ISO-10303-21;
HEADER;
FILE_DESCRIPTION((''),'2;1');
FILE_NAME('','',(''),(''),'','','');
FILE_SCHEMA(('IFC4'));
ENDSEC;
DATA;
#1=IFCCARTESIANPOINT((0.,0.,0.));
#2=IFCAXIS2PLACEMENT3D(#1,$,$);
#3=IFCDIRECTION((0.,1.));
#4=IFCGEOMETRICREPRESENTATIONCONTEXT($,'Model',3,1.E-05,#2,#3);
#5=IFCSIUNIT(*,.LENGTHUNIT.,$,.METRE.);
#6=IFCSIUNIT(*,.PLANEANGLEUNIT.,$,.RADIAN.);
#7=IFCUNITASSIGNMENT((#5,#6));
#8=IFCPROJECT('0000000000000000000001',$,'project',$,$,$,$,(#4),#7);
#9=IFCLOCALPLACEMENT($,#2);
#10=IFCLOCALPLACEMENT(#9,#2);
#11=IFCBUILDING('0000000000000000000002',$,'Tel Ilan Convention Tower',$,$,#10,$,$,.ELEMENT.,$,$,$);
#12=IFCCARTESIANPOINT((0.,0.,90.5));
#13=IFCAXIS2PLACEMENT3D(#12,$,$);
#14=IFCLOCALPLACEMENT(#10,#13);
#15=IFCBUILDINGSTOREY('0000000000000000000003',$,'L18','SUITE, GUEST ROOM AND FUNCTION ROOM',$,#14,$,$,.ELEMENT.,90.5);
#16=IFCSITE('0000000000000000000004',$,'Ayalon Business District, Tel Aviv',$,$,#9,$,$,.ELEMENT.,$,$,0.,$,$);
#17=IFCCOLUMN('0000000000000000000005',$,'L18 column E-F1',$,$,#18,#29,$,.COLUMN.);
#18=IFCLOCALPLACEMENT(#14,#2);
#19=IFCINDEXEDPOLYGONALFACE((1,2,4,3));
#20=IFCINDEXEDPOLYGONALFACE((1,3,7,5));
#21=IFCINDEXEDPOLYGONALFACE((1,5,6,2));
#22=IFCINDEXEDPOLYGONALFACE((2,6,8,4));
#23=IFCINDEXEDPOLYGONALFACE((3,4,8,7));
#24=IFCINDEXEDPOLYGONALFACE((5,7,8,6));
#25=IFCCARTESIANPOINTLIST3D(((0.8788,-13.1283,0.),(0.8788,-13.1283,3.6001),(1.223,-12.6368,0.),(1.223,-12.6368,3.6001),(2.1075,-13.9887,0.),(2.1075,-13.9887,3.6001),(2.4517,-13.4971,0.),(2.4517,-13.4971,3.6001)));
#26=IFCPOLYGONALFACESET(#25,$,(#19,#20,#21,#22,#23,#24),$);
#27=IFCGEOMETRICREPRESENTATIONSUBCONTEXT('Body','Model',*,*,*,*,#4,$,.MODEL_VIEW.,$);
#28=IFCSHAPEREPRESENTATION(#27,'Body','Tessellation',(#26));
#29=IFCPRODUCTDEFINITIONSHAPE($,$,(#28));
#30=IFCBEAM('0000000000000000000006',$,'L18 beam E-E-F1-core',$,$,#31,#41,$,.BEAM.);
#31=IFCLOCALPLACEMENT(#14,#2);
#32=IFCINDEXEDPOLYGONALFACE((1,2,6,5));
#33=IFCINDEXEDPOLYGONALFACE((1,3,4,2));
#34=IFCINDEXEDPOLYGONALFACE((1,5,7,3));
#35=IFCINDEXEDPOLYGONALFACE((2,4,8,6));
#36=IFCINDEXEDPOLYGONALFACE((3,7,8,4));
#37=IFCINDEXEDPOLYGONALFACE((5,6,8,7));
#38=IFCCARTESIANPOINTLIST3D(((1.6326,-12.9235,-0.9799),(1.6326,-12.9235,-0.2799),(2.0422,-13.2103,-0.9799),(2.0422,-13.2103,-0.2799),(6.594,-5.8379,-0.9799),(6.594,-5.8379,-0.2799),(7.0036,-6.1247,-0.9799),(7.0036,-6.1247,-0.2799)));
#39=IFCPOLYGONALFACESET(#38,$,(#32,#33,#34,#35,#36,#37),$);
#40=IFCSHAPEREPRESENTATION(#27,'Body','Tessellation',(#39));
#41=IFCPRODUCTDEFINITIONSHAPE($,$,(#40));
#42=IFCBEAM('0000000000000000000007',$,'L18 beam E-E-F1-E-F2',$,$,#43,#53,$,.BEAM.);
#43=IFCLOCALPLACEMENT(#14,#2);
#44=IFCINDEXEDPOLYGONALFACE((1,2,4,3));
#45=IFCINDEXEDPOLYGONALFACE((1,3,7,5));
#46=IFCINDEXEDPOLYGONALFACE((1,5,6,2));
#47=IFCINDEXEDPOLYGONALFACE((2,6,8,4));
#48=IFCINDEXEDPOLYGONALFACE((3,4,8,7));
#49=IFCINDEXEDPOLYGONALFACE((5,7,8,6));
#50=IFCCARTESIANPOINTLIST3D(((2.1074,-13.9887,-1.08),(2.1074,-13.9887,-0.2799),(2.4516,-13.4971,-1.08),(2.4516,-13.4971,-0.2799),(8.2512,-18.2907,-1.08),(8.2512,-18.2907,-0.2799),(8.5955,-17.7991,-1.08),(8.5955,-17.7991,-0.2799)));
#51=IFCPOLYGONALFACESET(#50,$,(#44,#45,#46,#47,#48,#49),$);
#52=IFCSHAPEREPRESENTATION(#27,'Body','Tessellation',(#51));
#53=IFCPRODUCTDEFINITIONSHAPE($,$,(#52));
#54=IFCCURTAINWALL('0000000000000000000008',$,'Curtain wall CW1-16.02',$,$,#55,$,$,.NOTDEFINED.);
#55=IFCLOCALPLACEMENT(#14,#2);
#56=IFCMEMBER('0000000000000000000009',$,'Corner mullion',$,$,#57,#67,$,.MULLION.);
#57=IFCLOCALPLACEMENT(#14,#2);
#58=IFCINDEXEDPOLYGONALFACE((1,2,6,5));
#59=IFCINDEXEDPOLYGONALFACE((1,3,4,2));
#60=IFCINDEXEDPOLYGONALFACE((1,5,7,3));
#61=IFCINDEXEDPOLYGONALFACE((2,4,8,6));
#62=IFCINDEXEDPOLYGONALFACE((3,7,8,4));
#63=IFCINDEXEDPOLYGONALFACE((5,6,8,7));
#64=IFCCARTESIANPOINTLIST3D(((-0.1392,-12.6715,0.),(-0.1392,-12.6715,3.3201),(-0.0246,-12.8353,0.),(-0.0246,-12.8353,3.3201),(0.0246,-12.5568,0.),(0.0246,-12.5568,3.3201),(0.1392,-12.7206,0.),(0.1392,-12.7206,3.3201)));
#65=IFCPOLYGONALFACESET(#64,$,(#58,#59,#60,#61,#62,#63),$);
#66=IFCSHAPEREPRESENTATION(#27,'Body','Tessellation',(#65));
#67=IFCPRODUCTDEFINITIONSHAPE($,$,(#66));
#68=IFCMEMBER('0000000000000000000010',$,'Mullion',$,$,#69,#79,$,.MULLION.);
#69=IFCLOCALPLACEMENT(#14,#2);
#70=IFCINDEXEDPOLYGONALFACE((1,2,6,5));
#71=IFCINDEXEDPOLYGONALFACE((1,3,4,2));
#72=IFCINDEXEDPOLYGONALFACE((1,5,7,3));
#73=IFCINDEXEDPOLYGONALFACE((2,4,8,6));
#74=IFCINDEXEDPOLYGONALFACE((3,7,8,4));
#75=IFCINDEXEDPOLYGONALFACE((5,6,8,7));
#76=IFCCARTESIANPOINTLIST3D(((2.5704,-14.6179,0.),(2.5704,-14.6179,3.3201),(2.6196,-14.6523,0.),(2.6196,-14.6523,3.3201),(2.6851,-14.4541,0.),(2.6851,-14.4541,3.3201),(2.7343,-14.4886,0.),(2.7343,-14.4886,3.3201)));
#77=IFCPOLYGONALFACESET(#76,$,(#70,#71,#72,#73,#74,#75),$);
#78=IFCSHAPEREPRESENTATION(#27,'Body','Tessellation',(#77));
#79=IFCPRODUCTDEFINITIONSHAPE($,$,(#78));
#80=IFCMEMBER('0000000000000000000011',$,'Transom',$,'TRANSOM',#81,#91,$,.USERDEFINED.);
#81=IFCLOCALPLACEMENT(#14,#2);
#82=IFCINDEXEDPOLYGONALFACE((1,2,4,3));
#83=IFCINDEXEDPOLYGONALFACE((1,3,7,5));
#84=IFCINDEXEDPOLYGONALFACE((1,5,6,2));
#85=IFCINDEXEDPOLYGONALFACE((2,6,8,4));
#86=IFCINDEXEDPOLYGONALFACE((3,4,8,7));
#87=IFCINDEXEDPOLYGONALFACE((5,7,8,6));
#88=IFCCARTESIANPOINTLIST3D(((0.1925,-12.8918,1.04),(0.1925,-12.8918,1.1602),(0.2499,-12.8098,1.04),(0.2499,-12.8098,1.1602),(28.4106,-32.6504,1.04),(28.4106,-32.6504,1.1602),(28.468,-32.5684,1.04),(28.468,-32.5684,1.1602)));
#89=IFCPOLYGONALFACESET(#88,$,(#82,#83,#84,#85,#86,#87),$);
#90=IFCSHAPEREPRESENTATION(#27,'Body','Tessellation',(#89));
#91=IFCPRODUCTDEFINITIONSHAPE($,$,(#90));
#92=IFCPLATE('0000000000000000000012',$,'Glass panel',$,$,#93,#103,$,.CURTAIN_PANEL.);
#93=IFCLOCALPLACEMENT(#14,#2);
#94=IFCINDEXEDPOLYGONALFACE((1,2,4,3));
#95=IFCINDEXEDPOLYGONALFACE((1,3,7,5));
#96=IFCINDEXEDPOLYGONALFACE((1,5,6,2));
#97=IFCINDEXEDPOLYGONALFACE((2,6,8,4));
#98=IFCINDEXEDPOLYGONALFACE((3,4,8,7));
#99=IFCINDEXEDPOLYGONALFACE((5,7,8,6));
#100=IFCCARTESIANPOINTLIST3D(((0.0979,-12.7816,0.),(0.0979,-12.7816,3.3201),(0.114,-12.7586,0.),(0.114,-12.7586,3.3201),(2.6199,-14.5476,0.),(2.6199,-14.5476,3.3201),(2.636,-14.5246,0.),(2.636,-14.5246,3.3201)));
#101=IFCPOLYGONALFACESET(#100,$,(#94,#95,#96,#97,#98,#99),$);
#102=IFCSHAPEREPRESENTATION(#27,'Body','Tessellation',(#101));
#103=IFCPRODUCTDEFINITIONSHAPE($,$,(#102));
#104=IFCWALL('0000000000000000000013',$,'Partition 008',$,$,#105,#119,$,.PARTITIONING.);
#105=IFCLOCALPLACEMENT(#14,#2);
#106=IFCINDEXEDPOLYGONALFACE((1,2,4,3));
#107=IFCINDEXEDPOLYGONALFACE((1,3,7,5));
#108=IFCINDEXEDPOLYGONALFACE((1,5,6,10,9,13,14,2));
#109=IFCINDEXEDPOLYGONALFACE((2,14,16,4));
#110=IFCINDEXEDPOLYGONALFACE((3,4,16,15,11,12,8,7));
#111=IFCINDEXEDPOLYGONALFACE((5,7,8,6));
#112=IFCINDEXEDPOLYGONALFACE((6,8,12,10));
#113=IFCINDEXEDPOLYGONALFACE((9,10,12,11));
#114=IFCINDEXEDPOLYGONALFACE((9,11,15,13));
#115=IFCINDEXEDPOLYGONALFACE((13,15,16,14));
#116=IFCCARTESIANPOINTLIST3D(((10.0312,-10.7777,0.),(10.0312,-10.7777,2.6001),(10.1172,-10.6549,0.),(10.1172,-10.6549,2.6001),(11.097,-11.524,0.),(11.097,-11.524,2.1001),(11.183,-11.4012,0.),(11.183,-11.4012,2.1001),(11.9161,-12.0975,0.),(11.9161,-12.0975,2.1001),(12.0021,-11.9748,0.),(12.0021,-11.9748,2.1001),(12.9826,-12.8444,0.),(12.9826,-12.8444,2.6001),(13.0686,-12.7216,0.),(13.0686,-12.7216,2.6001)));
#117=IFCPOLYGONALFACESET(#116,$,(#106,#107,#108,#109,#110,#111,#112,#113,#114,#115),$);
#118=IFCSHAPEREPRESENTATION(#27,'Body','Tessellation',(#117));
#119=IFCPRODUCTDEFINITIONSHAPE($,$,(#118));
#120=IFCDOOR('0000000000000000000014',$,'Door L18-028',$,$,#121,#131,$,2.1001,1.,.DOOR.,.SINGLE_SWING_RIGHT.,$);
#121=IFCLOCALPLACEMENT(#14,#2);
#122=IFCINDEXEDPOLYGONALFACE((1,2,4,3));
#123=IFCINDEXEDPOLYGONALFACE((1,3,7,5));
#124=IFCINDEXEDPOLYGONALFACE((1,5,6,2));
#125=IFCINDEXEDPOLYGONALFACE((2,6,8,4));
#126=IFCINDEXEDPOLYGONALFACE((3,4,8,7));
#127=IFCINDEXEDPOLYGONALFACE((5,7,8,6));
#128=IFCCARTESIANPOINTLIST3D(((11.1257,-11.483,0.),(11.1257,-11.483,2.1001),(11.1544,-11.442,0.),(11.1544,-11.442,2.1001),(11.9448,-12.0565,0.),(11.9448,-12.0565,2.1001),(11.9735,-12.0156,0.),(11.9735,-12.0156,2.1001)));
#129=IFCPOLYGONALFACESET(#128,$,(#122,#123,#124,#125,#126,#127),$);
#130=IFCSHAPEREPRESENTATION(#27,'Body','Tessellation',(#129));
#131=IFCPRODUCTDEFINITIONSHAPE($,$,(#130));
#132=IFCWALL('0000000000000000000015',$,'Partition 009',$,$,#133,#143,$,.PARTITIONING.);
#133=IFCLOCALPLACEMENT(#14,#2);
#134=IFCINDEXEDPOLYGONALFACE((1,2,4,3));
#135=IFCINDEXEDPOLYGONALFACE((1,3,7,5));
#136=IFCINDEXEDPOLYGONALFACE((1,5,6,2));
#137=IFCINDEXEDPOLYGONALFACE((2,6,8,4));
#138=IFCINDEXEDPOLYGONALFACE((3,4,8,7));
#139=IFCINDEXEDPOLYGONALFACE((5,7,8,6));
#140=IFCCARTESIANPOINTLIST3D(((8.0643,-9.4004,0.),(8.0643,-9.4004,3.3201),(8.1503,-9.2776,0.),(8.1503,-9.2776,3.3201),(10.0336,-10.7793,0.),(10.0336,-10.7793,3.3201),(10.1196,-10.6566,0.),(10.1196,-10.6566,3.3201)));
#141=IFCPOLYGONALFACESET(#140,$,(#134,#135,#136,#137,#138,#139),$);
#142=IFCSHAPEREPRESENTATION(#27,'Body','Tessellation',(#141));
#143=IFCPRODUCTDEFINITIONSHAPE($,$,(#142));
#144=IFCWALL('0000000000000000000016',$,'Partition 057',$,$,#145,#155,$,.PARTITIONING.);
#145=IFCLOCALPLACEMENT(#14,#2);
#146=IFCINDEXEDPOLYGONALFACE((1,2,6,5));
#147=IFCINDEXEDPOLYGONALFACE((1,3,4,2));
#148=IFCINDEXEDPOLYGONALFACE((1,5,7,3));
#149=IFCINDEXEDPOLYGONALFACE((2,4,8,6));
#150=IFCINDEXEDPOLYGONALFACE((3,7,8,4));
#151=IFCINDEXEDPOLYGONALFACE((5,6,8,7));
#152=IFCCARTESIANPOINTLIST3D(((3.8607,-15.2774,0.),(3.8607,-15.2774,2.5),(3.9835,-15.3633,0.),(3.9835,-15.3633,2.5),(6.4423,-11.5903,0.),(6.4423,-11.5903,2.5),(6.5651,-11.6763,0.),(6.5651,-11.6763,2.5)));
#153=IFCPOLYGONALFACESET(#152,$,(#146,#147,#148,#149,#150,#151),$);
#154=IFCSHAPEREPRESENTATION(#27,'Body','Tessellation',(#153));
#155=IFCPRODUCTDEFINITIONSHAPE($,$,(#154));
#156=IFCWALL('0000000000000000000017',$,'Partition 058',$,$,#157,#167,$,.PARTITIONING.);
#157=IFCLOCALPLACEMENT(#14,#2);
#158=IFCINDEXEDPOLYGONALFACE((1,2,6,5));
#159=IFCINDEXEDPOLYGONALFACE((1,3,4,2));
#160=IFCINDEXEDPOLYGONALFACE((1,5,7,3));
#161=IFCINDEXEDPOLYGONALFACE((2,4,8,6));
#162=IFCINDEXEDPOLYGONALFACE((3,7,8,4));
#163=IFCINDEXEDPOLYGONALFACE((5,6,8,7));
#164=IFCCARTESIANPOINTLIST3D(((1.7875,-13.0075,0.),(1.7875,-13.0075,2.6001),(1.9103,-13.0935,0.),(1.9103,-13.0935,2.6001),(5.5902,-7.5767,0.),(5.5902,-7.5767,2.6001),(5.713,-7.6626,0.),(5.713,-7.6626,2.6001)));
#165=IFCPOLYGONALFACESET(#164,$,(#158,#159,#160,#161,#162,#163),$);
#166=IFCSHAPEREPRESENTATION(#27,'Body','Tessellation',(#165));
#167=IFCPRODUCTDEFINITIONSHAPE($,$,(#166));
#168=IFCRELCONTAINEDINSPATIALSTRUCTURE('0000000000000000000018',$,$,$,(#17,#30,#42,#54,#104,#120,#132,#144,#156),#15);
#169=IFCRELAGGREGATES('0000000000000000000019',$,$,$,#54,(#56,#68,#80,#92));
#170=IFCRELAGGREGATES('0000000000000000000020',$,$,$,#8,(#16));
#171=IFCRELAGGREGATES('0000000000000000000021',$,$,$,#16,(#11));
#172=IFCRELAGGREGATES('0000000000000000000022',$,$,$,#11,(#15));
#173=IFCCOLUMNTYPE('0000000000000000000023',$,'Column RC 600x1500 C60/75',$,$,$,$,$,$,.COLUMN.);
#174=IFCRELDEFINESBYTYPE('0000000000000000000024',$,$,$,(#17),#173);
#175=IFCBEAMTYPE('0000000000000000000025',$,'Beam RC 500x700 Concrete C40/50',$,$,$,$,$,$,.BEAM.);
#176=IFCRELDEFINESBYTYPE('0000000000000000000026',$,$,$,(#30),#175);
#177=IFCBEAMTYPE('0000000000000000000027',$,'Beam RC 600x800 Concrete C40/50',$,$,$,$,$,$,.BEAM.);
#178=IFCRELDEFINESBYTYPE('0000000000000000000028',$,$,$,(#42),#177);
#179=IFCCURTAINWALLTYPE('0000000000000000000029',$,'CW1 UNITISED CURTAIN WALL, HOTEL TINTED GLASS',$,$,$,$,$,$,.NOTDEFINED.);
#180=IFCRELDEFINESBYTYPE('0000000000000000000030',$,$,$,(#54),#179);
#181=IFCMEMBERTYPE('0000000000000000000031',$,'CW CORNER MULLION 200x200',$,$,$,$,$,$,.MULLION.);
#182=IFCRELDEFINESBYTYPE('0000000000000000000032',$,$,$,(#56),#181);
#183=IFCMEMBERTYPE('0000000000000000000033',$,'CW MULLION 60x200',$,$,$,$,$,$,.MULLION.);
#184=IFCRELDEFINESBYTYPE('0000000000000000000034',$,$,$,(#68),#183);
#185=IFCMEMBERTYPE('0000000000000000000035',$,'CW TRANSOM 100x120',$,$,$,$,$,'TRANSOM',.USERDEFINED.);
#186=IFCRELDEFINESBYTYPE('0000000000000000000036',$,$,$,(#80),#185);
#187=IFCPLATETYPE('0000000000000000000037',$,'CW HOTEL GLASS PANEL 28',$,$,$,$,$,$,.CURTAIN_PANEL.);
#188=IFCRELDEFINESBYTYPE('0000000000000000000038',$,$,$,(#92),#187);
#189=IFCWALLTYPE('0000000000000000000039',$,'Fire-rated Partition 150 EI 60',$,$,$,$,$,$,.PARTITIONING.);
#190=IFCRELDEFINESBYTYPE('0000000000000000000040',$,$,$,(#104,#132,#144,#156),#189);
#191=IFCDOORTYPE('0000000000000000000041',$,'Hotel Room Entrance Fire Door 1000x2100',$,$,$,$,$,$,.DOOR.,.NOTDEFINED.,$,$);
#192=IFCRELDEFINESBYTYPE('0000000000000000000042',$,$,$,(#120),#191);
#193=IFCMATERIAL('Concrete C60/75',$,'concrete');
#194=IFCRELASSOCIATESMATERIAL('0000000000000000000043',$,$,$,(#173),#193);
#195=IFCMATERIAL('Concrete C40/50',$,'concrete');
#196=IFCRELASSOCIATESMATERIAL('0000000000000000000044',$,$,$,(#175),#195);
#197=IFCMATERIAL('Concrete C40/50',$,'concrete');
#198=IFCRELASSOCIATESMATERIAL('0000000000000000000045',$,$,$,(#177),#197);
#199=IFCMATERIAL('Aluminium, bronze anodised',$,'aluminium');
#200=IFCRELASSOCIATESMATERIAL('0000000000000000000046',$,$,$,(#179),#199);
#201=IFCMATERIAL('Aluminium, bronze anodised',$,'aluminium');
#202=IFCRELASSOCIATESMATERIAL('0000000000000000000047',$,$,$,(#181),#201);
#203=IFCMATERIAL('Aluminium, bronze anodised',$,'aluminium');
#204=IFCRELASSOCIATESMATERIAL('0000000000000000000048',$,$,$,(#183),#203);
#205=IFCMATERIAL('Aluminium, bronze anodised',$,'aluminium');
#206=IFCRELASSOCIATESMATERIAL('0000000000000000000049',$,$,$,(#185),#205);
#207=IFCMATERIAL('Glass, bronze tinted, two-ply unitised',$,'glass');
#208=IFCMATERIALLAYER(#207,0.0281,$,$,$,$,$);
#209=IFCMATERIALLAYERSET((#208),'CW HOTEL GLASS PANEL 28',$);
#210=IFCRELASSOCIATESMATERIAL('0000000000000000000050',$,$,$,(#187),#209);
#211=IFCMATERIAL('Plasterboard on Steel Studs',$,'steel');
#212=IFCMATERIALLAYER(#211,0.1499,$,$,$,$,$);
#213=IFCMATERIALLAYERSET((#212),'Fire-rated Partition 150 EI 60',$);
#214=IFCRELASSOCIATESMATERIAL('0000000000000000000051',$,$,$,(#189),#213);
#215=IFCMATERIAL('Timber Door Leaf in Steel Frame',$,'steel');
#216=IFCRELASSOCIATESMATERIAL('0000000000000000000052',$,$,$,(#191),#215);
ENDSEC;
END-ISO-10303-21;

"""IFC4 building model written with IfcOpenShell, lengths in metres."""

from ifc_helpers import new_model, si_unit, direction, frame, frame_2d, origin, origin_2d, place, context, subcontext, project, spatial, rectangle, extrude, material, layer, layer_set, material_profile, profile_set, type_object, element, fill, aggregate, save


model = new_model("IFC4")

# Units and contexts
model_context = context("Model", 3, precision=1e-05, world=origin(), true_north=direction((0.0, 1.0)))
body_context = subcontext(model_context, "Body", "Model", "MODEL_VIEW")
ifc_project = project(units=[si_unit("LENGTHUNIT", "METRE"), si_unit("PLANEANGLEUNIT", "RADIAN")], contexts=[model_context])

# Site, building, storey
site_placement = place(None, origin())
site = spatial("IfcSite", under=ifc_project, at=site_placement, Name="Ayalon Business District, Tel Aviv", CompositionType="ELEMENT", RefElevation=0.0)
building_placement = place(site_placement, origin())
building = spatial("IfcBuilding", under=site, at=building_placement, Name="Tel Ilan Convention Tower", CompositionType="ELEMENT")
storey_placement = place(building_placement, frame((0.0, 0.0, 90.5)))
storey = spatial("IfcBuildingStorey", under=building, at=storey_placement, Name="L18", Description="SUITE, GUEST ROOM AND FUNCTION ROOM", CompositionType="ELEMENT", Elevation=90.5)

# Column
ifc_material_1 = material(Name="Concrete C60/75", Category="concrete")
ifc_material_profile_1 = material_profile(ifc_material_1, rectangle(XDim=1.5, YDim=0.6001, at=origin_2d()), Name="RC 600x1500")
ifc_profile_set_1 = profile_set([ifc_material_profile_1], Name="Concrete C60/75")
column_type = type_object("IfcColumnType", Name="Column RC 600x1500 C60/75", PredefinedType="COLUMN", material=ifc_profile_set_1)
column_placement = place(storey_placement, frame((1.6653, -13.3127, 0.0), z_axis=(0.0, 0.0, 1.0), x_axis=(0.819152, -0.573576, 0.0)))
element("IfcColumn", 1, at=column_placement, inside=storey, type_object=column_type, Name="L18 column E-F1", PredefinedType="COLUMN", context=body_context, shape_type="SweptSolid", body=[
    extrude(rectangle(XDim=1.5, YDim=0.6001, at=origin_2d()), origin(), (0.0, 0.0, 1.0), 3.6001),
])

# Beams
ifc_material_2 = material(Name="Concrete C40/50", Category="concrete")
ifc_material_profile_2 = material_profile(ifc_material_2, rectangle(XDim=0.5, YDim=0.7, at=origin_2d()), Name="RC 500x700")
ifc_profile_set_2 = profile_set([ifc_material_profile_2], Name="Concrete C40/50")
beam_type_1 = type_object("IfcBeamType", Name="Beam RC 500x700 Concrete C40/50", PredefinedType="BEAM", material=ifc_profile_set_2)
beam_1_placement = place(storey_placement, frame((1.8374, -13.0669, -0.6299), z_axis=(0.573574, 0.819154, 0.0), x_axis=(-0.819154, 0.573574, 0.0)))
element("IfcBeam", 2, at=beam_1_placement, inside=storey, type_object=beam_type_1, Name="L18 beam E-E-F1-core", PredefinedType="BEAM", context=body_context, shape_type="SweptSolid", body=[
    extrude(rectangle(XDim=0.5, YDim=0.7, at=origin_2d()), origin(), (0.0, 0.0, 1.0), 8.6499),
])
ifc_material_3 = material(Name="Concrete C40/50", Category="concrete")
ifc_material_profile_3 = material_profile(ifc_material_3, rectangle(XDim=0.6001, YDim=0.8, at=origin_2d()), Name="RC 600x800")
ifc_profile_set_3 = profile_set([ifc_material_profile_3], Name="Concrete C40/50")
beam_type_2 = type_object("IfcBeamType", Name="Beam RC 600x800 Concrete C40/50", PredefinedType="BEAM", material=ifc_profile_set_3)
beam_2_placement = place(storey_placement, frame((2.2795, -13.7429, -0.6799), z_axis=(0.819148, -0.573582, 0.0), x_axis=(0.573582, 0.819148, 0.0)))
element("IfcBeam", 3, at=beam_2_placement, inside=storey, type_object=beam_type_2, Name="L18 beam E-E-F1-E-F2", PredefinedType="BEAM", context=body_context, shape_type="SweptSolid", body=[
    extrude(rectangle(XDim=0.6001, YDim=0.8, at=origin_2d()), origin(), (0.0, 0.0, 1.0), 7.5002),
])

# Curtain wall, members, plate
ifc_material_4 = material(Name="Aluminium, bronze anodised", Category="aluminium")
curtain_wall_type = type_object("IfcCurtainWallType", Name="CW1 UNITISED CURTAIN WALL, HOTEL TINTED GLASS", PredefinedType="NOTDEFINED", material=ifc_material_4)
curtain_wall_placement = place(storey_placement, origin())
curtain_wall = element("IfcCurtainWall", 4, at=curtain_wall_placement, inside=storey, type_object=curtain_wall_type, Name="Curtain wall CW1-16.02", PredefinedType="NOTDEFINED")
ifc_material_5 = material(Name="Aluminium, bronze anodised", Category="aluminium")
ifc_material_profile_4 = material_profile(ifc_material_5, rectangle(XDim=0.2, YDim=0.2, at=origin_2d()), Name="CW CORNER MULLION 200x200")
ifc_profile_set_4 = profile_set([ifc_material_profile_4], Name="Aluminium, bronze anodised")
member_type_1 = type_object("IfcMemberType", Name="CW CORNER MULLION 200x200", PredefinedType="MULLION", material=ifc_profile_set_4)
member_1_placement = place(storey_placement, frame((0.0, -12.696, 0.0), z_axis=(0.0, 0.0, 1.0), x_axis=(0.819152, 0.573576, 0.0)))
member_1 = element("IfcMember", 5, at=member_1_placement, type_object=member_type_1, Name="Corner mullion", PredefinedType="MULLION", context=body_context, shape_type="SweptSolid", body=[
    extrude(rectangle(XDim=0.2, YDim=0.2, at=origin_2d()), origin(), (0.0, 0.0, 1.0), 3.3201),
])
ifc_material_6 = material(Name="Aluminium, bronze anodised", Category="aluminium")
ifc_material_profile_5 = material_profile(ifc_material_6, rectangle(XDim=0.0601, YDim=0.2, at=origin_2d()), Name="CW MULLION 60x200")
ifc_profile_set_5 = profile_set([ifc_material_profile_5], Name="Aluminium, bronze anodised")
member_type_2 = type_object("IfcMemberType", Name="CW MULLION 60x200", PredefinedType="MULLION", material=ifc_profile_set_5)
member_2_placement = place(storey_placement, frame((2.6523, -14.5532, 0.0), z_axis=(0.0, 0.0, 1.0), x_axis=(0.819152, -0.573576, 0.0)))
member_2 = element("IfcMember", 6, at=member_2_placement, type_object=member_type_2, Name="Mullion", PredefinedType="MULLION", context=body_context, shape_type="SweptSolid", body=[
    extrude(rectangle(XDim=0.0601, YDim=0.2, at=origin_2d()), origin(), (0.0, 0.0, 1.0), 3.3201),
])
ifc_material_7 = material(Name="Aluminium, bronze anodised", Category="aluminium")
ifc_material_profile_6 = material_profile(ifc_material_7, rectangle(XDim=0.1001, YDim=0.1201, at=origin_2d()), Name="CW TRANSOM 100x120")
ifc_profile_set_6 = profile_set([ifc_material_profile_6], Name="Aluminium, bronze anodised")
member_type_3 = type_object("IfcMemberType", Name="CW TRANSOM 100x120", ElementType="TRANSOM", PredefinedType="USERDEFINED", material=ifc_profile_set_6)
member_3_placement = place(storey_placement, frame((0.2212, -12.8508, 1.1001), z_axis=(0.819151, -0.573578, 0.0), x_axis=(0.573578, 0.819151, 0.0)))
member_3 = element("IfcMember", 7, at=member_3_placement, type_object=member_type_3, Name="Transom", ObjectType="TRANSOM", PredefinedType="USERDEFINED", context=body_context, shape_type="SweptSolid", body=[
    extrude(rectangle(XDim=0.1001, YDim=0.1201, at=origin_2d()), origin(), (0.0, 0.0, 1.0), 34.448),
])
ifc_material_8 = material(Name="Glass, bronze tinted, two-ply unitised", Category="glass")
ifc_layer_1 = layer(ifc_material_8, 0.0281)
ifc_layer_set_1 = layer_set([ifc_layer_1], Name="CW HOTEL GLASS PANEL 28")
plate_type = type_object("IfcPlateType", Name="CW HOTEL GLASS PANEL 28", PredefinedType="CURTAIN_PANEL", material=ifc_layer_set_1)
plate_placement = place(storey_placement, frame((1.3669, -13.6531, 0.0), z_axis=(0.0, 0.0, 1.0), x_axis=(0.819152, -0.573576, 0.0)))
plate = element("IfcPlate", 8, at=plate_placement, type_object=plate_type, Name="Glass panel", PredefinedType="CURTAIN_PANEL", context=body_context, shape_type="SweptSolid", body=[
    extrude(rectangle(XDim=3.0789, YDim=0.0281, at=origin_2d()), origin(), (0.0, 0.0, 1.0), 3.3201),
])
aggregate(curtain_wall, [member_1, member_2, member_3, plate])

# Wall, opening, door
ifc_material_9 = material(Name="Plasterboard on Steel Studs", Category="steel")
ifc_layer_2 = layer(ifc_material_9, 0.1499)
ifc_layer_set_2 = layer_set([ifc_layer_2], Name="Fire-rated Partition 150 EI 60")
wall_type_1 = type_object("IfcWallType", Name="Fire-rated Partition 150 EI 60", PredefinedType="PARTITIONING", material=ifc_layer_set_2)
wall_1_placement = place(storey_placement, frame((13.0256, -12.783, 0.0), z_axis=(0.0, 0.0, 1.0), x_axis=(-0.819146, 0.573585, 0.0)))
wall_1 = element("IfcWall", 9, at=wall_1_placement, inside=storey, type_object=wall_type_1, Name="Partition 008", PredefinedType="PARTITIONING", context=body_context, shape_type="SweptSolid", body=[
    extrude(rectangle(XDim=3.603, YDim=0.1499, at=frame_2d((1.8015, 0.0))), origin(), (0.0, 0.0, 1.0), 2.6001),
])
opening_1_placement = place(wall_1_placement, frame((1.302, 0.0, 0.0)))
opening_1 = element("IfcOpeningElement", 10, at=opening_1_placement, cuts=wall_1, PredefinedType="OPENING", context=body_context, shape_type="SweptSolid", body=[
    extrude(rectangle(XDim=1.0, YDim=2.1001, at=frame_2d((0.5, 1.05))), frame((0.0, 0.085, 0.0), z_axis=(0.0, -1.0, 0.0), x_axis=(1.0, 0.0, 0.0)), (0.0, 0.0, 1.0), 0.1699),
])
ifc_material_10 = material(Name="Timber Door Leaf in Steel Frame", Category="steel")
door_type_1 = type_object("IfcDoorType", Name="Hotel Room Entrance Fire Door 1000x2100", OperationType="NOTDEFINED", PredefinedType="DOOR", material=ifc_material_10)
door_1_placement = place(opening_1_placement, origin())
door_1 = element("IfcDoor", 11, at=door_1_placement, inside=storey, type_object=door_type_1, Name="Door L18-028", OperationType="SINGLE_SWING_RIGHT", OverallHeight=2.1001, OverallWidth=1.0, PredefinedType="DOOR", context=body_context, shape_type="SweptSolid", body=[
    extrude(rectangle(XDim=1.0, YDim=2.1001, at=frame_2d((0.5, 1.05))), frame((0.0, 0.0249, 0.0), z_axis=(0.0, -1.0, 0.0), x_axis=(1.0, 0.0, 0.0)), (0.0, 0.0, 1.0), 0.05),
])
fill(opening_1, door_1)

# Walls
wall_2_placement = place(storey_placement, frame((10.0767, -10.718, 0.0), z_axis=(0.0, 0.0, 1.0), x_axis=(-0.819146, 0.573585, 0.0)))
element("IfcWall", 12, at=wall_2_placement, inside=storey, type_object=wall_type_1, Name="Partition 009", PredefinedType="PARTITIONING", context=body_context, shape_type="SweptSolid", body=[
    extrude(rectangle(XDim=2.4041, YDim=0.1499, at=frame_2d((1.2021, 0.0))), origin(), (0.0, 0.0, 1.0), 3.3201),
])
wall_3_placement = place(storey_placement, frame((6.5037, -11.6333, 0.0), z_axis=(0.0, 0.0, 1.0), x_axis=(-0.573557, -0.819166, 0.0)))
element("IfcWall", 13, at=wall_3_placement, inside=storey, type_object=wall_type_1, Name="Partition 057", PredefinedType="PARTITIONING", context=body_context, shape_type="SweptSolid", body=[
    extrude(rectangle(XDim=4.501, YDim=0.1499, at=frame_2d((2.2505, 0.0))), origin(), (0.0, 0.0, 1.0), 2.5),
])
wall_4_placement = place(storey_placement, frame((1.8489, -13.0505, 0.0), z_axis=(0.0, 0.0, 1.0), x_axis=(0.573574, 0.819154, 0.0)))
element("IfcWall", 14, at=wall_4_placement, inside=storey, type_object=wall_type_1, Name="Partition 058", PredefinedType="PARTITIONING", context=body_context, shape_type="SweptSolid", body=[
    extrude(rectangle(XDim=6.6299, YDim=0.1499, at=frame_2d((3.3149, 0.0))), origin(), (0.0, 0.0, 1.0), 2.6001),
])

save(model, "model.ifc")
